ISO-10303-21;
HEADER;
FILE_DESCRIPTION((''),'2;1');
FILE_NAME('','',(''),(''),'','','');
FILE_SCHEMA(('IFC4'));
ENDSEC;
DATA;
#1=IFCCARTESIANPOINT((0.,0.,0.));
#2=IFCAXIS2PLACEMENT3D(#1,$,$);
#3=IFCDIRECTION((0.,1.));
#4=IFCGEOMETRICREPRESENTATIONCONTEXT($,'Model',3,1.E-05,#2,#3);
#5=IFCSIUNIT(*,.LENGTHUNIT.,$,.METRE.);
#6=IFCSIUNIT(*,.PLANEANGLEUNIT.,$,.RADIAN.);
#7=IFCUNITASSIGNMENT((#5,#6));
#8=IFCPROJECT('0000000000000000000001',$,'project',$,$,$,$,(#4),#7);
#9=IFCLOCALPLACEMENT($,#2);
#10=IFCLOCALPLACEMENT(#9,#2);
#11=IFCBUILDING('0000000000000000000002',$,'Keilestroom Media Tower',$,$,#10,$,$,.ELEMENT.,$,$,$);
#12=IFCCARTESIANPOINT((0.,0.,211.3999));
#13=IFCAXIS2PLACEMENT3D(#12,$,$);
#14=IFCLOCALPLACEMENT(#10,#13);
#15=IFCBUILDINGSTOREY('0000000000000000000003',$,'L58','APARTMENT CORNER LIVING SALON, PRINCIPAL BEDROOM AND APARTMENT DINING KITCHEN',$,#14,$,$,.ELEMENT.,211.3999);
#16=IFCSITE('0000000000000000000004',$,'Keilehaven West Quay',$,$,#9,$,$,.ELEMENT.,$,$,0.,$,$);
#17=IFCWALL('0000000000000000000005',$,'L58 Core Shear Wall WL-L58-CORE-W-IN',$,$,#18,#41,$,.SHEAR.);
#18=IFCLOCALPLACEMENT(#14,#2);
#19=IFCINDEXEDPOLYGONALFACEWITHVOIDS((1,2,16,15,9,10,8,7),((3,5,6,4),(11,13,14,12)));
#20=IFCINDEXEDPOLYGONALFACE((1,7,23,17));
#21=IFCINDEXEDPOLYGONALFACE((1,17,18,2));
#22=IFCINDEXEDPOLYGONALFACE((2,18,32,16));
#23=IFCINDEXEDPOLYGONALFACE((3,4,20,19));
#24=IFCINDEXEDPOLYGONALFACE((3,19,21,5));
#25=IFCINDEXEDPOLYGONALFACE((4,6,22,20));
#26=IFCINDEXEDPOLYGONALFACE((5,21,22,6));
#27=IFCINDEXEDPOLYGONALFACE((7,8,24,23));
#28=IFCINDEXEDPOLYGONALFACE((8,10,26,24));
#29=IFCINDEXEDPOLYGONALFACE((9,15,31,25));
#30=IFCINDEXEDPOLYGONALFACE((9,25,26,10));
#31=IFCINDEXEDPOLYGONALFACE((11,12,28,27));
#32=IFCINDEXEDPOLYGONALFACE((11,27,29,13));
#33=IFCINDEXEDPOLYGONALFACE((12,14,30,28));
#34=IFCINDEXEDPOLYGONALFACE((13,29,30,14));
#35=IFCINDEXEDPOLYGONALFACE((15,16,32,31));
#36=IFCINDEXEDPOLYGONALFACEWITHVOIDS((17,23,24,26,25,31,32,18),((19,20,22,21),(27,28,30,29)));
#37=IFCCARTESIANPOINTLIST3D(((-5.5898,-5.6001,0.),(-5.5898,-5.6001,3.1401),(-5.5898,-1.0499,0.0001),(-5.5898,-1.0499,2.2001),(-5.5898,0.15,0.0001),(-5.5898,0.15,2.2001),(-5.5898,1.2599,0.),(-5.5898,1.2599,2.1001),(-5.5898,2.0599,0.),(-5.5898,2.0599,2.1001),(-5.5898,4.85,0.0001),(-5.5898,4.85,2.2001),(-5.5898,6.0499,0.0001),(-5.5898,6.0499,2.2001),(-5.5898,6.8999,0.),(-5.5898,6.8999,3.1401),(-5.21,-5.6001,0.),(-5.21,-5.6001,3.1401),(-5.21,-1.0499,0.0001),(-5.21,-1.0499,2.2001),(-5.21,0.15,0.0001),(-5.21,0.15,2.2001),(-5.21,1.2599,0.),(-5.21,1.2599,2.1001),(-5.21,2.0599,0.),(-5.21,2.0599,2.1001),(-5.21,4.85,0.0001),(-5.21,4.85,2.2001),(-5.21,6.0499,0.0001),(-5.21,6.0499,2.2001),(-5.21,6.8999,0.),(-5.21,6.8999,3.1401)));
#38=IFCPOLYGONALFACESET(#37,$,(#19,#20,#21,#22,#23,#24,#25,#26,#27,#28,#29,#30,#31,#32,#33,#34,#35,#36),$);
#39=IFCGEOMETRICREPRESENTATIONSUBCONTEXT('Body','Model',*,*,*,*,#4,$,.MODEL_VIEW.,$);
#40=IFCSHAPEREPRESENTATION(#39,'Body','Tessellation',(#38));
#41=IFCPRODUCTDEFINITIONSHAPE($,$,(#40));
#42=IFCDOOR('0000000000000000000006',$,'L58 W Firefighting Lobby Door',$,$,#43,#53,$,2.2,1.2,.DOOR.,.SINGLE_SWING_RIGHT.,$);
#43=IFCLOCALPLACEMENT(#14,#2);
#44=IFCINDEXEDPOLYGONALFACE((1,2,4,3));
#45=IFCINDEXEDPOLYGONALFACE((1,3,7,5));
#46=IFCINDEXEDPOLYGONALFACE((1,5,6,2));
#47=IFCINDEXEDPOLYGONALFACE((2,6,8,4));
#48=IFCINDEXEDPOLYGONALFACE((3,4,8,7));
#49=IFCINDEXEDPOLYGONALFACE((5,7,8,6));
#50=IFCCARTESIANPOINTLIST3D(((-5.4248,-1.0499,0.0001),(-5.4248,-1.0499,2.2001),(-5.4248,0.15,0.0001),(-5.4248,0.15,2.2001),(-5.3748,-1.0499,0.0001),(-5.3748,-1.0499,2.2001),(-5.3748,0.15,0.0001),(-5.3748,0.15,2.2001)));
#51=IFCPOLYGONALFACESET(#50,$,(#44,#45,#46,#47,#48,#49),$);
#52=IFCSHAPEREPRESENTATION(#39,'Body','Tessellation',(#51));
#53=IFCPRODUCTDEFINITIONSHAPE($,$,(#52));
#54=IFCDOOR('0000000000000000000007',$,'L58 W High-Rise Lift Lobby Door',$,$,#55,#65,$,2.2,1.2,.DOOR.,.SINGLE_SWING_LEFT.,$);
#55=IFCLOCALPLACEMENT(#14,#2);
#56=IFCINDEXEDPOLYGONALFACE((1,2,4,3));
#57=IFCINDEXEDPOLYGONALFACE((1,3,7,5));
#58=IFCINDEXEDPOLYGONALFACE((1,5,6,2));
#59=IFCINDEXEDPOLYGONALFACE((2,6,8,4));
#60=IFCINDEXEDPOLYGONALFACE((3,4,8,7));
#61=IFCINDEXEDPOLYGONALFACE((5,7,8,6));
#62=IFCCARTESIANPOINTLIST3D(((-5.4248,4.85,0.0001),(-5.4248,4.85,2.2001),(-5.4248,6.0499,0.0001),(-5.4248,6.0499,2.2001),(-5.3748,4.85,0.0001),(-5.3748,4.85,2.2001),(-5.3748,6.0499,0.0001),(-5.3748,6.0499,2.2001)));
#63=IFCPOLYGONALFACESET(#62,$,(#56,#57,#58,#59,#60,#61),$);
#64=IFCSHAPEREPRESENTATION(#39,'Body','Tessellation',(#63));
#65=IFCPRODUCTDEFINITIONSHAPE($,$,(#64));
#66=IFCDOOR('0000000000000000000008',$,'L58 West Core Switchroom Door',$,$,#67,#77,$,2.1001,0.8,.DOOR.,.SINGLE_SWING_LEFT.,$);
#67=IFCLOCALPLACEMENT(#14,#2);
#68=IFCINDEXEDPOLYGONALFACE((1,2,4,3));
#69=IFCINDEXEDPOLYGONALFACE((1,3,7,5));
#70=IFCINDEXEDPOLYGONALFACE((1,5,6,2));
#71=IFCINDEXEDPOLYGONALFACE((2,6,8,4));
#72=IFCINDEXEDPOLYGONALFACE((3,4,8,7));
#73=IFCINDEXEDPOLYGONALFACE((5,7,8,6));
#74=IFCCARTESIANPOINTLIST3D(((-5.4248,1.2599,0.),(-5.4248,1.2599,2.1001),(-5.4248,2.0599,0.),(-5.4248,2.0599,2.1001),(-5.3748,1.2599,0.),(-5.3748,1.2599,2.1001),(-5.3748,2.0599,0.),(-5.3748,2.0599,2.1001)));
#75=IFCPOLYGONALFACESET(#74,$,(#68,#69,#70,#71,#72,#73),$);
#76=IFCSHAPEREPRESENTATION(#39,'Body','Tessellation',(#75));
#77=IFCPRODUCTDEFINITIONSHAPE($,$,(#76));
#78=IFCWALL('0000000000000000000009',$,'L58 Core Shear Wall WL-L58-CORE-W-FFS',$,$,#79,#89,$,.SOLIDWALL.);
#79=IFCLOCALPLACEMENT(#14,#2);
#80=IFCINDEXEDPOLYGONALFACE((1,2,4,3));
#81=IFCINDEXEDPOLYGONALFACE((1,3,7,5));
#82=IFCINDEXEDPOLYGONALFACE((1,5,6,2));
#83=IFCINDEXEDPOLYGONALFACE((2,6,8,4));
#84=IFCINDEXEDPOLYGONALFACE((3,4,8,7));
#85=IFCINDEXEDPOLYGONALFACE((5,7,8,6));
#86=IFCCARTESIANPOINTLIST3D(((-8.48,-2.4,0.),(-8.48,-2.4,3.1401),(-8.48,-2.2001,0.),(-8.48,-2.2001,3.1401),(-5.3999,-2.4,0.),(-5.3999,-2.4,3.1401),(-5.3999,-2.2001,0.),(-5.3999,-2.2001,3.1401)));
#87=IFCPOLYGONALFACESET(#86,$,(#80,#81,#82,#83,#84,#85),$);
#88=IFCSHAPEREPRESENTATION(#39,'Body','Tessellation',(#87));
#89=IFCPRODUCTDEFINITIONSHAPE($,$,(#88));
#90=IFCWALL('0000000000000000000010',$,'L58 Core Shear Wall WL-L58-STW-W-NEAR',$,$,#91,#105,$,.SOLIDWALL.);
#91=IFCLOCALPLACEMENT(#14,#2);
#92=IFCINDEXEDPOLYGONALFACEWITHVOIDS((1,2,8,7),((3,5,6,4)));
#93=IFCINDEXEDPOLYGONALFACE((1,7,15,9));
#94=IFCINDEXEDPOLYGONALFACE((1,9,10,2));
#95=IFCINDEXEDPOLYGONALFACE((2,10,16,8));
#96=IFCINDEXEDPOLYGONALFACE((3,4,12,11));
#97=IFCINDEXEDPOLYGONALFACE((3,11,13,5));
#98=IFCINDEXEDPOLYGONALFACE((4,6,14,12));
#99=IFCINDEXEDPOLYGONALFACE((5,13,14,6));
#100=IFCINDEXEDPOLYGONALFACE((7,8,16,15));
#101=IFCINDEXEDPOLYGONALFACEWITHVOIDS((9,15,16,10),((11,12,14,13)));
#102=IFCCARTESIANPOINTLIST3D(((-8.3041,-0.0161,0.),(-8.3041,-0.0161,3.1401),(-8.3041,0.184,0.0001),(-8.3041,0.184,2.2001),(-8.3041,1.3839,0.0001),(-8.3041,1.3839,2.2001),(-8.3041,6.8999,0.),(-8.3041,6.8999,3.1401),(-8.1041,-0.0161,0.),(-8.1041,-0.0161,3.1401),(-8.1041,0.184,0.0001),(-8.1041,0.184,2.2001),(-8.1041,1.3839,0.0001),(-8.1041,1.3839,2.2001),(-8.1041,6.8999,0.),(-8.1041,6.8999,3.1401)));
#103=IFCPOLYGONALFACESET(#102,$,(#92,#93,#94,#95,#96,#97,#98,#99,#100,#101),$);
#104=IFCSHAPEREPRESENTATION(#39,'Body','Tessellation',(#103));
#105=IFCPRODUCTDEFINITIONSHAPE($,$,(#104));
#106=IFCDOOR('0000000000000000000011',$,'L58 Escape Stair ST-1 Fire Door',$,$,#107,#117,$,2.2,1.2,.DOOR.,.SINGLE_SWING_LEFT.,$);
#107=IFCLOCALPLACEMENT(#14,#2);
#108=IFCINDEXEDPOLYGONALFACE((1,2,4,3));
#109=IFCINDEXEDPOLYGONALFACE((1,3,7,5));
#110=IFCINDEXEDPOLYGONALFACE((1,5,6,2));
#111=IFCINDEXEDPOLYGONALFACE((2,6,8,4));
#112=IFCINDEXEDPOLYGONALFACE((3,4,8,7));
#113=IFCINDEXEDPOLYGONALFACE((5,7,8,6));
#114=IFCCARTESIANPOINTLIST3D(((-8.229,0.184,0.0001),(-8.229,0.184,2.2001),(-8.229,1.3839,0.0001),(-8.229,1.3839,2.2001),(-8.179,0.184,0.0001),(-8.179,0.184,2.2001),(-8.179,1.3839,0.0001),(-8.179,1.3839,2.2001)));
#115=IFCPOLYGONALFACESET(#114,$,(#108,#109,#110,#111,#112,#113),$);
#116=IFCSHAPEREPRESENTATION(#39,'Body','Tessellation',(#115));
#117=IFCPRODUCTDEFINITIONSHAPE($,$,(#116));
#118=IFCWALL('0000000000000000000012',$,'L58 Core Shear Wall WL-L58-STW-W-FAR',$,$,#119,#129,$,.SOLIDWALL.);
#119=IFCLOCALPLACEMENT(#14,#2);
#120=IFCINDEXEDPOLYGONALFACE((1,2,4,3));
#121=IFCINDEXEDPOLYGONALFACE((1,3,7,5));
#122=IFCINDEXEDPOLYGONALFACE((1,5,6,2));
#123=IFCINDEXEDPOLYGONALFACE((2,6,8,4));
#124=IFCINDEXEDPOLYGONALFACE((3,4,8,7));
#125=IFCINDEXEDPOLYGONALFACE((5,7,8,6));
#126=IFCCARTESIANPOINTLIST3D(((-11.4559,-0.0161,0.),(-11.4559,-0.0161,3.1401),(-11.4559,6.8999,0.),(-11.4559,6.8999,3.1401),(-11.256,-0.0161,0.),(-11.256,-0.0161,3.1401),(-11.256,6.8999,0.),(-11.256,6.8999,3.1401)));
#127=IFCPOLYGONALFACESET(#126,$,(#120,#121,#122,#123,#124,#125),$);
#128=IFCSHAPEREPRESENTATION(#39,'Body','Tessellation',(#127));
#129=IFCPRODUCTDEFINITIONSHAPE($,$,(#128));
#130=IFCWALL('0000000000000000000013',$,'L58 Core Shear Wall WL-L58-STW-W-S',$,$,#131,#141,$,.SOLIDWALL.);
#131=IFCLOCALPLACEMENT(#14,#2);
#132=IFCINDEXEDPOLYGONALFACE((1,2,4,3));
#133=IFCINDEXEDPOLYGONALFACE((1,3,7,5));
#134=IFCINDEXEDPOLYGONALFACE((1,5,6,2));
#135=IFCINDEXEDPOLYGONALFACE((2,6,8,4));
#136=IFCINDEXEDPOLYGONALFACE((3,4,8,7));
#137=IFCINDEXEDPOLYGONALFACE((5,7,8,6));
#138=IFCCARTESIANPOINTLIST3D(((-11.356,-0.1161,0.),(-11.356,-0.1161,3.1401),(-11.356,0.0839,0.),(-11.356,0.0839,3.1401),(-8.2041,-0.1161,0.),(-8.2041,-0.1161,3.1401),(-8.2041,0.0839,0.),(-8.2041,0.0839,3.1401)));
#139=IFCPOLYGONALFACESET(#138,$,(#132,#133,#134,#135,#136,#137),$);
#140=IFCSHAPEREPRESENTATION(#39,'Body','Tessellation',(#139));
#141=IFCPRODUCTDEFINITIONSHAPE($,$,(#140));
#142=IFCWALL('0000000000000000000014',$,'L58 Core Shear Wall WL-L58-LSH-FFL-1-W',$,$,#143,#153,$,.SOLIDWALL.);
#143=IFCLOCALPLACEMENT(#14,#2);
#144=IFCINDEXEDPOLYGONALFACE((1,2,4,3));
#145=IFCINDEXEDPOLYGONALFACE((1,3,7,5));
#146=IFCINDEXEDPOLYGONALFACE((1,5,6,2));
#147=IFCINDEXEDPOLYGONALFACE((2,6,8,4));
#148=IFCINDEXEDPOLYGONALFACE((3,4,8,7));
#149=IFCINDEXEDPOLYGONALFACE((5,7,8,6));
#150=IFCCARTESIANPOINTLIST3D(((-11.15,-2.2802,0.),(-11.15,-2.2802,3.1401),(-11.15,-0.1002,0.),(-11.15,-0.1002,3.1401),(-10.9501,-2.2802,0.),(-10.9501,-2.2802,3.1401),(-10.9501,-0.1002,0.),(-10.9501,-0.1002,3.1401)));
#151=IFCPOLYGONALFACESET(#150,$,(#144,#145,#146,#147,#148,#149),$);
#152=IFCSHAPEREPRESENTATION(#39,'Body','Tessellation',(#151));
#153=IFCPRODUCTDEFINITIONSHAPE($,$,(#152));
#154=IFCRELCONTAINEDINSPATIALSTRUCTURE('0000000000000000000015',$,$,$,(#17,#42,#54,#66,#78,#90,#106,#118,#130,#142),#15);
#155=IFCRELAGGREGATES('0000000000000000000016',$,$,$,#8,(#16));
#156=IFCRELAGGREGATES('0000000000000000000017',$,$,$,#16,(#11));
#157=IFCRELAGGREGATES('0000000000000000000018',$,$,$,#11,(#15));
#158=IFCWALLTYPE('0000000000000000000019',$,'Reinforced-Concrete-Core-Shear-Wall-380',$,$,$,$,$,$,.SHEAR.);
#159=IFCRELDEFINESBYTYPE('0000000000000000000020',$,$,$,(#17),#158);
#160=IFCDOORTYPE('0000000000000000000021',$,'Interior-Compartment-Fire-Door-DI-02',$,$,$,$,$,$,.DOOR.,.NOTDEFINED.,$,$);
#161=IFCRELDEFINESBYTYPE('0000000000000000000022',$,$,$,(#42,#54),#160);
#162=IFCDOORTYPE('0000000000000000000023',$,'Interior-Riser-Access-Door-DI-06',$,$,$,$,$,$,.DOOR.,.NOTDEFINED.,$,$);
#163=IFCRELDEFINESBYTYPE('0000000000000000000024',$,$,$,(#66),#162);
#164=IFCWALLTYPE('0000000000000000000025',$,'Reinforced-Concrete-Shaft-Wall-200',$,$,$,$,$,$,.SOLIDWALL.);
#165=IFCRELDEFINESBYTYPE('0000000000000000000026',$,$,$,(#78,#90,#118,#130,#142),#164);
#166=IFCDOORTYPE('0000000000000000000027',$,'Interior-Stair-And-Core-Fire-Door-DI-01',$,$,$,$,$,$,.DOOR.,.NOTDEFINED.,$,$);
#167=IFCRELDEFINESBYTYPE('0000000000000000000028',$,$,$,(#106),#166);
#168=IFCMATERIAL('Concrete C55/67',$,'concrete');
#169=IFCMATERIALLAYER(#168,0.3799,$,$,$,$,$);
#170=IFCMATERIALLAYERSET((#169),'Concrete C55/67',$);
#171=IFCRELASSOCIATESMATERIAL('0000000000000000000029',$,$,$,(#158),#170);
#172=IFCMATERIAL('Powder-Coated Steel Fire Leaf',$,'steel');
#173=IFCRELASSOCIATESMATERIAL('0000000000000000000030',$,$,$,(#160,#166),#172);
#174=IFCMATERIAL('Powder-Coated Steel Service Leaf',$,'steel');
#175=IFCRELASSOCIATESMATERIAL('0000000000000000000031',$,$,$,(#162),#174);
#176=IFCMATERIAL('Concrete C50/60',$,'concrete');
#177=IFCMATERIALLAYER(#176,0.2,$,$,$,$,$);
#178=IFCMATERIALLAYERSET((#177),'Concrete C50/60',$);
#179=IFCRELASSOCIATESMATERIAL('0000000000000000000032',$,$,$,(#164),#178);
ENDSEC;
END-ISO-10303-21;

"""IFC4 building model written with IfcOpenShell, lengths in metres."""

from ifc_helpers import new_model, si_unit, direction, frame, frame_2d, origin, place, context, subcontext, project, spatial, rectangle, extrude, source, transform, mapped, material, layer, layer_set, type_object, element, fill, save


model = new_model("IFC4")

# Units and contexts
model_context = context("Model", 3, precision=1e-05, world=origin(), true_north=direction((0.0, 1.0)))
body_context = subcontext(model_context, "Body", "Model", "MODEL_VIEW")
ifc_project = project(units=[si_unit("LENGTHUNIT", "METRE"), si_unit("PLANEANGLEUNIT", "RADIAN")], contexts=[model_context])

# Site, building, storey
site_placement = place(None, origin())
site = spatial("IfcSite", under=ifc_project, at=site_placement, Name="Keilehaven West Quay", CompositionType="ELEMENT", RefElevation=0.0)
building_placement = place(site_placement, origin())
building = spatial("IfcBuilding", under=site, at=building_placement, Name="Keilestroom Media Tower", CompositionType="ELEMENT")
storey_placement = place(building_placement, frame((0.0, 0.0, 211.3999)))
storey = spatial("IfcBuildingStorey", under=building, at=storey_placement, Name="L58", Description="APARTMENT CORNER LIVING SALON, PRINCIPAL BEDROOM AND APARTMENT DINING KITCHEN", CompositionType="ELEMENT", Elevation=211.3999)

# Shared definitions
ifc_material_1 = material(Name="Concrete C55/67", Category="concrete")

# Shared definitions
ifc_layer_1 = layer(ifc_material_1, 0.3799)
ifc_layer_set_1 = layer_set([ifc_layer_1], Name="Concrete C55/67")
wall_type_1 = type_object("IfcWallType", Name="Reinforced-Concrete-Core-Shear-Wall-380", PredefinedType="SHEAR", material=ifc_layer_set_1)

# Wall, openings, doors
wall_1_placement = place(storey_placement, frame((-5.3999, -5.6001, 0.0), z_axis=(0.0, 0.0, 1.0), x_axis=(0.0, 1.0, 0.0)))
wall_1 = element("IfcWall", 1, at=wall_1_placement, inside=storey, type_object=wall_type_1, Name="L58 Core Shear Wall WL-L58-CORE-W-IN", PredefinedType="SHEAR", context=body_context, shape_type="SweptSolid", body=[
    extrude(rectangle(XDim=12.5, YDim=0.3799, at=frame_2d((6.25, 0.0))), origin(), (0.0, 0.0, 1.0), 3.1401),
])
opening_1_placement = place(wall_1_placement, frame((4.55, 0.0, 0.0)))
opening_1 = element("IfcOpeningElement", 2, at=opening_1_placement, cuts=wall_1, PredefinedType="OPENING", context=body_context, shape_type="SweptSolid", body=[
    extrude(rectangle(XDim=1.2, YDim=2.2, at=frame_2d((0.6001, 1.1001))), frame((0.0, 0.2, 0.0), z_axis=(0.0, -1.0, 0.0), x_axis=(1.0, 0.0, 0.0)), (0.0, 0.0, 1.0), 0.3999),
])
opening_2_placement = place(wall_1_placement, frame((10.45, 0.0, 0.0)))
opening_2 = element("IfcOpeningElement", 3, at=opening_2_placement, cuts=wall_1, PredefinedType="OPENING", context=body_context, shape_type="SweptSolid", body=[
    extrude(rectangle(XDim=1.2, YDim=2.2, at=frame_2d((0.6001, 1.1001))), frame((0.0, 0.2, 0.0), z_axis=(0.0, -1.0, 0.0), x_axis=(1.0, 0.0, 0.0)), (0.0, 0.0, 1.0), 0.3999),
])
opening_3_placement = place(wall_1_placement, frame((6.8601, 0.0, 0.0)))
opening_3 = element("IfcOpeningElement", 4, at=opening_3_placement, cuts=wall_1, PredefinedType="OPENING", context=body_context, shape_type="SweptSolid", body=[
    extrude(rectangle(XDim=0.8, YDim=2.1001, at=frame_2d((0.3999, 1.05))), frame((0.0, 0.2, 0.0), z_axis=(0.0, -1.0, 0.0), x_axis=(1.0, 0.0, 0.0)), (0.0, 0.0, 1.0), 0.3999),
])
ifc_material_2 = material(Name="Powder-Coated Steel Fire Leaf", Category="steel")
door_type_1 = type_object("IfcDoorType", Name="Interior-Compartment-Fire-Door-DI-02", OperationType="NOTDEFINED", PredefinedType="DOOR", material=ifc_material_2)
shared_shape_1 = source(origin(), body_context, "Body", "SweptSolid", [
    extrude(rectangle(XDim=1.2, YDim=2.2, at=frame_2d((0.6001, 1.1001))), frame((0.0, 0.0249, 0.0), z_axis=(0.0, -1.0, 0.0), x_axis=(1.0, 0.0, 0.0)), (0.0, 0.0, 1.0), 0.05),
])
door_1_placement = place(opening_1_placement, origin())
door_1 = element("IfcDoor", 5, at=door_1_placement, inside=storey, type_object=door_type_1, Name="L58 W Firefighting Lobby Door", OperationType="SINGLE_SWING_RIGHT", OverallHeight=2.2, OverallWidth=1.2, PredefinedType="DOOR", context=body_context, shape_type="MappedRepresentation", body=[
    mapped(shared_shape_1, transform((0.0, 0.0, 0.0), x_axis=(1.0, 0.0, 0.0), y_axis=(0.0, 1.0, 0.0), z_axis=(0.0, 0.0, 1.0), scale=1.0)),
])
fill(opening_1, door_1)
door_2_placement = place(opening_2_placement, origin())
door_2 = element("IfcDoor", 6, at=door_2_placement, inside=storey, type_object=door_type_1, Name="L58 W High-Rise Lift Lobby Door", OperationType="SINGLE_SWING_LEFT", OverallHeight=2.2, OverallWidth=1.2, PredefinedType="DOOR", context=body_context, shape_type="MappedRepresentation", body=[
    mapped(shared_shape_1, transform((0.0, 0.0, 0.0), x_axis=(1.0, 0.0, 0.0), y_axis=(0.0, 1.0, 0.0), z_axis=(0.0, 0.0, 1.0), scale=1.0)),
])
fill(opening_2, door_2)
ifc_material_3 = material(Name="Powder-Coated Steel Service Leaf", Category="steel")
door_type_2 = type_object("IfcDoorType", Name="Interior-Riser-Access-Door-DI-06", OperationType="NOTDEFINED", PredefinedType="DOOR", material=ifc_material_3)
shared_shape_2 = source(origin(), body_context, "Body", "SweptSolid", [
    extrude(rectangle(XDim=0.8, YDim=2.1001, at=frame_2d((0.3999, 1.05))), frame((0.0, 0.0249, 0.0), z_axis=(0.0, -1.0, 0.0), x_axis=(1.0, 0.0, 0.0)), (0.0, 0.0, 1.0), 0.05),
])
door_3_placement = place(opening_3_placement, origin())
door_3 = element("IfcDoor", 7, at=door_3_placement, inside=storey, type_object=door_type_2, Name="L58 West Core Switchroom Door", OperationType="SINGLE_SWING_LEFT", OverallHeight=2.1001, OverallWidth=0.8, PredefinedType="DOOR", context=body_context, shape_type="MappedRepresentation", body=[
    mapped(shared_shape_2, transform((0.0, 0.0, 0.0), x_axis=(1.0, 0.0, 0.0), y_axis=(0.0, 1.0, 0.0), z_axis=(0.0, 0.0, 1.0), scale=1.0)),
])
fill(opening_3, door_3)

# Wall
ifc_material_4 = material(Name="Concrete C50/60", Category="concrete")
ifc_layer_2 = layer(ifc_material_4, 0.2)
ifc_layer_set_2 = layer_set([ifc_layer_2], Name="Concrete C50/60")
wall_type_2 = type_object("IfcWallType", Name="Reinforced-Concrete-Shaft-Wall-200", PredefinedType="SOLIDWALL", material=ifc_layer_set_2)
wall_2_placement = place(storey_placement, frame((-8.48, -2.3, 0.0), z_axis=(0.0, 0.0, 1.0), x_axis=(1.0, 0.0, 0.0)))
element("IfcWall", 8, at=wall_2_placement, inside=storey, type_object=wall_type_2, Name="L58 Core Shear Wall WL-L58-CORE-W-FFS", PredefinedType="SOLIDWALL", context=body_context, shape_type="SweptSolid", body=[
    extrude(rectangle(XDim=3.0801, YDim=0.2, at=frame_2d((1.54, 0.0))), origin(), (0.0, 0.0, 1.0), 3.1401),
])

# Wall, opening, door
wall_3_placement = place(storey_placement, frame((-8.2041, -0.0161, 0.0), z_axis=(0.0, 0.0, 1.0), x_axis=(0.0, 1.0, 0.0)))
wall_3 = element("IfcWall", 9, at=wall_3_placement, inside=storey, type_object=wall_type_2, Name="L58 Core Shear Wall WL-L58-STW-W-NEAR", PredefinedType="SOLIDWALL", context=body_context, shape_type="SweptSolid", body=[
    extrude(rectangle(XDim=6.916, YDim=0.2, at=frame_2d((3.458, 0.0))), origin(), (0.0, 0.0, 1.0), 3.1401),
])
opening_4_placement = place(wall_3_placement, frame((0.2, 0.0, 0.0)))
opening_4 = element("IfcOpeningElement", 10, at=opening_4_placement, cuts=wall_3, PredefinedType="OPENING", context=body_context, shape_type="SweptSolid", body=[
    extrude(rectangle(XDim=1.2, YDim=2.2, at=frame_2d((0.6001, 1.1001))), frame((0.0, 0.1099, 0.0), z_axis=(0.0, -1.0, 0.0), x_axis=(1.0, 0.0, 0.0)), (0.0, 0.0, 1.0), 0.22),
])
door_type_3 = type_object("IfcDoorType", Name="Interior-Stair-And-Core-Fire-Door-DI-01", OperationType="NOTDEFINED", PredefinedType="DOOR", material=ifc_material_2)
door_4_placement = place(opening_4_placement, origin())
door_4 = element("IfcDoor", 11, at=door_4_placement, inside=storey, type_object=door_type_3, Name="L58 Escape Stair ST-1 Fire Door", OperationType="SINGLE_SWING_LEFT", OverallHeight=2.2, OverallWidth=1.2, PredefinedType="DOOR", context=body_context, shape_type="MappedRepresentation", body=[
    mapped(shared_shape_1, transform((0.0, 0.0, 0.0), x_axis=(1.0, 0.0, 0.0), y_axis=(0.0, 1.0, 0.0), z_axis=(0.0, 0.0, 1.0), scale=1.0)),
])
fill(opening_4, door_4)

# Walls
wall_4_placement = place(storey_placement, frame((-11.356, -0.0161, 0.0), z_axis=(0.0, 0.0, 1.0), x_axis=(0.0, 1.0, 0.0)))
element("IfcWall", 12, at=wall_4_placement, inside=storey, type_object=wall_type_2, Name="L58 Core Shear Wall WL-L58-STW-W-FAR", PredefinedType="SOLIDWALL", context=body_context, shape_type="SweptSolid", body=[
    extrude(rectangle(XDim=6.916, YDim=0.2, at=frame_2d((3.458, 0.0))), origin(), (0.0, 0.0, 1.0), 3.1401),
])
wall_5_placement = place(storey_placement, frame((-11.356, -0.0161, 0.0), z_axis=(0.0, 0.0, 1.0), x_axis=(1.0, 0.0, 0.0)))
element("IfcWall", 13, at=wall_5_placement, inside=storey, type_object=wall_type_2, Name="L58 Core Shear Wall WL-L58-STW-W-S", PredefinedType="SOLIDWALL", context=body_context, shape_type="SweptSolid", body=[
    extrude(rectangle(XDim=3.1519, YDim=0.2, at=frame_2d((1.5759, 0.0))), origin(), (0.0, 0.0, 1.0), 3.1401),
])
wall_6_placement = place(storey_placement, frame((-11.05, -2.28, 0.0), z_axis=(0.0, 0.0, 1.0), x_axis=(0.0, 1.0, 0.0)))
element("IfcWall", 14, at=wall_6_placement, inside=storey, type_object=wall_type_2, Name="L58 Core Shear Wall WL-L58-LSH-FFL-1-W", PredefinedType="SOLIDWALL", context=body_context, shape_type="SweptSolid", body=[
    extrude(rectangle(XDim=2.1799, YDim=0.2, at=frame_2d((1.0898, 0.0))), origin(), (0.0, 0.0, 1.0), 3.1401),
])

save(model, "model.ifc")
